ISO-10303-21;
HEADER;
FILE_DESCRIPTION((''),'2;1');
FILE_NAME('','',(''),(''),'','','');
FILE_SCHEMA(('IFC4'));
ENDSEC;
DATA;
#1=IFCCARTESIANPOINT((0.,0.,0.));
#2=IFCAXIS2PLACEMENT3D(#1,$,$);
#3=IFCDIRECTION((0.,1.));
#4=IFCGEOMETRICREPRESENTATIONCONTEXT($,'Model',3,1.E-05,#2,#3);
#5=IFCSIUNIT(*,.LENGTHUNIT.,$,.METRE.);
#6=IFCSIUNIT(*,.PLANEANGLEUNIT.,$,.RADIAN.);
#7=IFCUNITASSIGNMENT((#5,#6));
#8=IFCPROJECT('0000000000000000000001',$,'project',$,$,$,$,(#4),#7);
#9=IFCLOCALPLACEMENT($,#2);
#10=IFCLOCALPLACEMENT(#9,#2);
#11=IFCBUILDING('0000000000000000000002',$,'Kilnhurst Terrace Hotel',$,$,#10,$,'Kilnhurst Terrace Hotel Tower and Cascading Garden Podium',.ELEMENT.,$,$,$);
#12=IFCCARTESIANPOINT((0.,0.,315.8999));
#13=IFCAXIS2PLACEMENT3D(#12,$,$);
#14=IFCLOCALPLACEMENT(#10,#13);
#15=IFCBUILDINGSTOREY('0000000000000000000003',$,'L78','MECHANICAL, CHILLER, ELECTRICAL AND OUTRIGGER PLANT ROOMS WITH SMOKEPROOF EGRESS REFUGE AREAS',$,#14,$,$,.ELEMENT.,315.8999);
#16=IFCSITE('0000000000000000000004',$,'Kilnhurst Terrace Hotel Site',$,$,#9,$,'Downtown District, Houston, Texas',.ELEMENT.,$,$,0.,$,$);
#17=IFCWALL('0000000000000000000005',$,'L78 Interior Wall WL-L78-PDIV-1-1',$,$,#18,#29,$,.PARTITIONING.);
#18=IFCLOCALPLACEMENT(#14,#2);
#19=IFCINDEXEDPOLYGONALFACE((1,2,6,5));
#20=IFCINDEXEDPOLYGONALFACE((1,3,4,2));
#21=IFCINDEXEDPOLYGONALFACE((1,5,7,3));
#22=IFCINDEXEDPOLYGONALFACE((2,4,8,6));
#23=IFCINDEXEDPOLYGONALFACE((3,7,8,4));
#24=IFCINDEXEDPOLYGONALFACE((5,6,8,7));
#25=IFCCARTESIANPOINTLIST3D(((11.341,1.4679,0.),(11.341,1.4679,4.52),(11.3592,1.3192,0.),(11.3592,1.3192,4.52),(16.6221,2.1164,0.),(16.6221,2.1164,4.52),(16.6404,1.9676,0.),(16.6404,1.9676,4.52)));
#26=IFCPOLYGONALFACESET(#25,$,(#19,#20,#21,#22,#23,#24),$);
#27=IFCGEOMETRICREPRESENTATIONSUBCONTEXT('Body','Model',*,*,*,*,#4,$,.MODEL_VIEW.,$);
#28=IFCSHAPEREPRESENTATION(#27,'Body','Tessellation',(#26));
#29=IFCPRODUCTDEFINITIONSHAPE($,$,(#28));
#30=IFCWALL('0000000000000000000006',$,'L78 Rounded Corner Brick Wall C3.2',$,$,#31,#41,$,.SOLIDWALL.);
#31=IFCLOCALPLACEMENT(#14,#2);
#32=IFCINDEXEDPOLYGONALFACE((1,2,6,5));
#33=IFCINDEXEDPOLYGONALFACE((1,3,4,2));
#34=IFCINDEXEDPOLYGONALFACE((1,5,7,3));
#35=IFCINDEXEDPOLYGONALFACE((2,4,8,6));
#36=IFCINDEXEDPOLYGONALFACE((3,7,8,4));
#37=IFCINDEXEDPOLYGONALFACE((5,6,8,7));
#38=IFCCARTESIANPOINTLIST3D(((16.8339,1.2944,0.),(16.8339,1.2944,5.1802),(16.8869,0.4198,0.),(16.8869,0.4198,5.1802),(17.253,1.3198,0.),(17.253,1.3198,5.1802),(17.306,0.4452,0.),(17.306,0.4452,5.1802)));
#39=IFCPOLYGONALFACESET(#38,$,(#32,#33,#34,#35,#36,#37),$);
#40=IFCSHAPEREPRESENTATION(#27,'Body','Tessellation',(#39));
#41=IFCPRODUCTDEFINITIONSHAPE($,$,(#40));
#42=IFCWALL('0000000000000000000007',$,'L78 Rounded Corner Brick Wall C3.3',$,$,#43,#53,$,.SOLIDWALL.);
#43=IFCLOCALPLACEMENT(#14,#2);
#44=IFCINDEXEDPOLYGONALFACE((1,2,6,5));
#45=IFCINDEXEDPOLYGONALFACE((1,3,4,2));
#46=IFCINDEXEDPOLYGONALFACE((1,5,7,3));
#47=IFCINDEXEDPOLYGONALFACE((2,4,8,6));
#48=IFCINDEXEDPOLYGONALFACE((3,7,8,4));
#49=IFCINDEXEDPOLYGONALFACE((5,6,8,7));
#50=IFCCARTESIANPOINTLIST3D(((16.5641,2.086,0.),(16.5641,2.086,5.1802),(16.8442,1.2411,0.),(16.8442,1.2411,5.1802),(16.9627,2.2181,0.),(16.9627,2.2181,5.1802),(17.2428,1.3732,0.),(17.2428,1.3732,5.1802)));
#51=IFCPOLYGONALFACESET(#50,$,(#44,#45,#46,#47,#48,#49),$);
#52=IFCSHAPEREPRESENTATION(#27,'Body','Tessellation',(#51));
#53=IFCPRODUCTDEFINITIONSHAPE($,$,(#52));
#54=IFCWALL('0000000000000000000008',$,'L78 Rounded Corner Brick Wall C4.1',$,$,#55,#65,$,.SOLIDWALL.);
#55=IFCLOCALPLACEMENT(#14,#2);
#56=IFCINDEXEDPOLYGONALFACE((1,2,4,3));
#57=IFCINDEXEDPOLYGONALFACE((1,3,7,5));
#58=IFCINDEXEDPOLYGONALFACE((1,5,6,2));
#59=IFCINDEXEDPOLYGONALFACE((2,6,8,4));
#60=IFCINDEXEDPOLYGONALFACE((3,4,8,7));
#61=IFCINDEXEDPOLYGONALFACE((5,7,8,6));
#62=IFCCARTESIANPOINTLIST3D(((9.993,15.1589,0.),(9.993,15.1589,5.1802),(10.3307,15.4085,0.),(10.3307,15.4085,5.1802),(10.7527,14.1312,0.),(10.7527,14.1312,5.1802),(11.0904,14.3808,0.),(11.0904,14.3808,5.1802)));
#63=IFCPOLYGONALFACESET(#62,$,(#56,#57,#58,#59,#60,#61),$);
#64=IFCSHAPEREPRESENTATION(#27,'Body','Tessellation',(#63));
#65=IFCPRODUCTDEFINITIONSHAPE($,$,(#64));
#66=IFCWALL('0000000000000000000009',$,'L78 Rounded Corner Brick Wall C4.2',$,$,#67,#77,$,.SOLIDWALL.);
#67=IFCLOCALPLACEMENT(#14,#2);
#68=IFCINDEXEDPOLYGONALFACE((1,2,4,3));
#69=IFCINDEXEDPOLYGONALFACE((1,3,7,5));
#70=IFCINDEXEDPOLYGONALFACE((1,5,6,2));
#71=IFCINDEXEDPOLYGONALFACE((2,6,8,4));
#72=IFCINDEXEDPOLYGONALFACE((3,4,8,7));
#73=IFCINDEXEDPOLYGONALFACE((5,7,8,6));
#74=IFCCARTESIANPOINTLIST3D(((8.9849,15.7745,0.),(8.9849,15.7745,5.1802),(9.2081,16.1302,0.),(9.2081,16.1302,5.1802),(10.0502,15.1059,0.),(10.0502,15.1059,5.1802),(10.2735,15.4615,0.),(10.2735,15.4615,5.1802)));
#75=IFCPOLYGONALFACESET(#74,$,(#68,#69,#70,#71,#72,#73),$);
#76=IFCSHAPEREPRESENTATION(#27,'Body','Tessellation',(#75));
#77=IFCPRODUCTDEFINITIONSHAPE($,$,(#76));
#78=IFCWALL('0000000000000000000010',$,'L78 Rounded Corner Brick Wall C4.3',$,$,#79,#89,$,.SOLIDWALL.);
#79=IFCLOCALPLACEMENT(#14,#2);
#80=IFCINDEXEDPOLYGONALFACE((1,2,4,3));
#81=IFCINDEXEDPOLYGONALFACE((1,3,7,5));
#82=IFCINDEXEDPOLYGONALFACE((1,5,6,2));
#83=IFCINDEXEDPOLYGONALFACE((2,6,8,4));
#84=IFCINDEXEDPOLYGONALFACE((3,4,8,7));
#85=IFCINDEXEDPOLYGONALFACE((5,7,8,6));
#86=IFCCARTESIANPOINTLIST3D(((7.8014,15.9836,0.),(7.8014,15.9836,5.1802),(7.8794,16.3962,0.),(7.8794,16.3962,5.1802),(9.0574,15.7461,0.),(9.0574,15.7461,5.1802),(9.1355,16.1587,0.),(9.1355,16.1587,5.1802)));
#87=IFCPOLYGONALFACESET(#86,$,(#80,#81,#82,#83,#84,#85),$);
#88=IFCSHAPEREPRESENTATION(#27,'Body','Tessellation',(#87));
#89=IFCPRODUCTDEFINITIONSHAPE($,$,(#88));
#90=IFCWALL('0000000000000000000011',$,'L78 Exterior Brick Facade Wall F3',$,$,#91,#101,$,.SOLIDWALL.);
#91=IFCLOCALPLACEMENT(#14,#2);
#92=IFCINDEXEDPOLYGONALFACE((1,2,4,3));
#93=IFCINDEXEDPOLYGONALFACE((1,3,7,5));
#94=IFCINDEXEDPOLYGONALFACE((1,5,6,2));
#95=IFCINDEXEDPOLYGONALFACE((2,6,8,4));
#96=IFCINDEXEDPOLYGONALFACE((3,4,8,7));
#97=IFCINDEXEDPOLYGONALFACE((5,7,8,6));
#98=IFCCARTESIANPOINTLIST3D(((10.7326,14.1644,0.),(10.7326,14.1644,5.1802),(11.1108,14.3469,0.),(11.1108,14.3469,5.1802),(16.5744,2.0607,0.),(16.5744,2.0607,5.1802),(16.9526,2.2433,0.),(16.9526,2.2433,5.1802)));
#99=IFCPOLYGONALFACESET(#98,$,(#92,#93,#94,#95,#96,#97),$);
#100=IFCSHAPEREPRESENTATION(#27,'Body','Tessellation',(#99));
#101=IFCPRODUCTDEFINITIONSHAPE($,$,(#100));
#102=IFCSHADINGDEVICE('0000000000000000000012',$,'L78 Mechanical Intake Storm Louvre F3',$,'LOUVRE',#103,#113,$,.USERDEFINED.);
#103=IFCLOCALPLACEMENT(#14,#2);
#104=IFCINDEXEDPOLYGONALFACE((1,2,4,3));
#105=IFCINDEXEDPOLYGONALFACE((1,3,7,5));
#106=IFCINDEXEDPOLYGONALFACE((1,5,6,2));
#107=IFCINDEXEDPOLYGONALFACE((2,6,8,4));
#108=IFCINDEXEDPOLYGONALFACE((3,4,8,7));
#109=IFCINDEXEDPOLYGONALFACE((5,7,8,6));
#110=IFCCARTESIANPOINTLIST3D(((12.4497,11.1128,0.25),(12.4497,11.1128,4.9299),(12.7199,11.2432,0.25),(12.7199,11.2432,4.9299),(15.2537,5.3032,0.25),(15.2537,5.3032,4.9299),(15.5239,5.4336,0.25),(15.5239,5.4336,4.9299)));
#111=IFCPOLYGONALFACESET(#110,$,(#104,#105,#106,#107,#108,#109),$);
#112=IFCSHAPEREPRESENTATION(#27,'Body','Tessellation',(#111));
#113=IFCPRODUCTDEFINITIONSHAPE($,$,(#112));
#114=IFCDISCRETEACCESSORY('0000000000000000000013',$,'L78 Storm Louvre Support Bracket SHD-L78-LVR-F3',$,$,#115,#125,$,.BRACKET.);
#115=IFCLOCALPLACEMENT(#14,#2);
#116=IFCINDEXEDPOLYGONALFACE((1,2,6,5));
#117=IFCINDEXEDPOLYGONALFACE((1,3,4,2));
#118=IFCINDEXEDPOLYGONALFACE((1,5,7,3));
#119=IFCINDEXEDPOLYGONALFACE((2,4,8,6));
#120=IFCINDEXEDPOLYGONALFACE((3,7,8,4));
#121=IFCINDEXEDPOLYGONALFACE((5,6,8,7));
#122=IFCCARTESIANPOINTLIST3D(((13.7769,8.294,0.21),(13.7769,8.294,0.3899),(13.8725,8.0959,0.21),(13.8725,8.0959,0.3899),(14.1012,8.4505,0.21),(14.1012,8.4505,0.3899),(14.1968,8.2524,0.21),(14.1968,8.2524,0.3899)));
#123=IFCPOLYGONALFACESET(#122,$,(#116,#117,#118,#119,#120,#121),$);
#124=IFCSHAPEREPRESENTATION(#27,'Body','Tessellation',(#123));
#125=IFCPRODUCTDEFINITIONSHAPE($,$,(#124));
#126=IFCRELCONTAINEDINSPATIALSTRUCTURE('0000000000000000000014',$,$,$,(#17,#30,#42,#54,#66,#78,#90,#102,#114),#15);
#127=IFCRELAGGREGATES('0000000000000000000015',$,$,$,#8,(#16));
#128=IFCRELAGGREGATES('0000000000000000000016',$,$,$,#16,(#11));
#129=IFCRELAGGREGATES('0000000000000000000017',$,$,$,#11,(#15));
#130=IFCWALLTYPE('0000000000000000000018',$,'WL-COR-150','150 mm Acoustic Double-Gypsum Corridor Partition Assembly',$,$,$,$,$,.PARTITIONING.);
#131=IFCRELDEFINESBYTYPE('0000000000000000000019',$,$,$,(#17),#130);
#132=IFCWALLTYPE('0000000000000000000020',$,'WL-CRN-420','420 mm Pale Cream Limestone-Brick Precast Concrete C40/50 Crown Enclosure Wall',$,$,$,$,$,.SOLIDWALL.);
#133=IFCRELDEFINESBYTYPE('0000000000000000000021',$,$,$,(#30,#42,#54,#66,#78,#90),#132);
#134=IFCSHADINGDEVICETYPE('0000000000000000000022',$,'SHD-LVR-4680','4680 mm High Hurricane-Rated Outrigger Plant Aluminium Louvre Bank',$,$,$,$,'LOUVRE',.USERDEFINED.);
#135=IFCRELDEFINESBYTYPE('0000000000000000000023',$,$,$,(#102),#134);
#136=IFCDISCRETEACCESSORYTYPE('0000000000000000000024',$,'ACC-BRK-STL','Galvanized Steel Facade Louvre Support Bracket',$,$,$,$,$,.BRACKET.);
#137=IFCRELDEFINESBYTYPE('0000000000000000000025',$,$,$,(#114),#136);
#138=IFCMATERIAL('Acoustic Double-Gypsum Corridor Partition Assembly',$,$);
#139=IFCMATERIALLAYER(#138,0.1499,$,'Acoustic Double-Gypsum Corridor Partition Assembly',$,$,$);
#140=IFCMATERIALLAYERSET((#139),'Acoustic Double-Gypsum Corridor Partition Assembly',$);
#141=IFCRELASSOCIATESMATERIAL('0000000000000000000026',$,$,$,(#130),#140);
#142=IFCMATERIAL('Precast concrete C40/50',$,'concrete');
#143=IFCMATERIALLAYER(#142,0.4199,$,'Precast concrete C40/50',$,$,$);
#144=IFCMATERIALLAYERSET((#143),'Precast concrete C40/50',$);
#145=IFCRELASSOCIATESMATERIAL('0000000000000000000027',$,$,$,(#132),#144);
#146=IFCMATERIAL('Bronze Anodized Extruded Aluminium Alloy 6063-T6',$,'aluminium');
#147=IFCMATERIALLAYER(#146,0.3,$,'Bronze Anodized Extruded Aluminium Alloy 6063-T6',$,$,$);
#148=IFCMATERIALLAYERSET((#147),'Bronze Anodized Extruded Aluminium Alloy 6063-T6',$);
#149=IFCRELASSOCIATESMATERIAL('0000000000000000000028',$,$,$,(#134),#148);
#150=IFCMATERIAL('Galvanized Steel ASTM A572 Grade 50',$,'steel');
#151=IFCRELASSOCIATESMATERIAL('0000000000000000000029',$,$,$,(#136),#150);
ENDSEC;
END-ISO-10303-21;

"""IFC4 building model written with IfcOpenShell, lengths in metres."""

from ifc_helpers import new_model, si_unit, direction, frame, frame_2d, origin, origin_2d, place, context, subcontext, project, spatial, rectangle, extrude, material, layer, layer_set, type_object, element, save


model = new_model("IFC4")

# Units and contexts
model_context = context("Model", 3, precision=1e-05, world=origin(), true_north=direction((0.0, 1.0)))
body_context = subcontext(model_context, "Body", "Model", "MODEL_VIEW")
ifc_project = project(units=[si_unit("LENGTHUNIT", "METRE"), si_unit("PLANEANGLEUNIT", "RADIAN")], contexts=[model_context])

# Site, building, storey
site_placement = place(None, origin())
site = spatial("IfcSite", under=ifc_project, at=site_placement, Name="Kilnhurst Terrace Hotel Site", LongName="Downtown District, Houston, Texas", CompositionType="ELEMENT", RefElevation=0.0)
building_placement = place(site_placement, origin())
building = spatial("IfcBuilding", under=site, at=building_placement, Name="Kilnhurst Terrace Hotel", LongName="Kilnhurst Terrace Hotel Tower and Cascading Garden Podium", CompositionType="ELEMENT")
storey_placement = place(building_placement, frame((0.0, 0.0, 315.8999)))
storey = spatial("IfcBuildingStorey", under=building, at=storey_placement, Name="L78", Description="MECHANICAL, CHILLER, ELECTRICAL AND OUTRIGGER PLANT ROOMS WITH SMOKEPROOF EGRESS REFUGE AREAS", CompositionType="ELEMENT", Elevation=315.8999)

# Shared definitions
ifc_material_1 = material(Name="Acoustic Double-Gypsum Corridor Partition Assembly")
ifc_layer_1 = layer(ifc_material_1, 0.1499, Name="Acoustic Double-Gypsum Corridor Partition Assembly")
ifc_layer_set_1 = layer_set([ifc_layer_1], Name="Acoustic Double-Gypsum Corridor Partition Assembly")
wall_type_1 = type_object("IfcWallType", Name="WL-COR-150", Description="150 mm Acoustic Double-Gypsum Corridor Partition Assembly", PredefinedType="PARTITIONING", material=ifc_layer_set_1)

# Walls
wall_1_placement = place(storey_placement, frame((11.3501, 1.3936, 0.0), z_axis=(0.0, 0.0, 1.0), x_axis=(0.992547, 0.121866, 0.0)))
element("IfcWall", 1, at=wall_1_placement, inside=storey, type_object=wall_type_1, Name="L78 Interior Wall WL-L78-PDIV-1-1", PredefinedType="PARTITIONING", context=body_context, shape_type="SweptSolid", body=[
    extrude(rectangle(XDim=5.3208, YDim=0.1499, at=frame_2d((2.6604, 0.0))), origin(), (0.0, 0.0, 1.0), 4.52),
])
ifc_material_2 = material(Name="Precast concrete C40/50", Category="concrete")
ifc_layer_2 = layer(ifc_material_2, 0.4199, Name="Precast concrete C40/50")
ifc_layer_set_2 = layer_set([ifc_layer_2], Name="Precast concrete C40/50")
wall_type_2 = type_object("IfcWallType", Name="WL-CRN-420", Description="420 mm Pale Cream Limestone-Brick Precast Concrete C40/50 Crown Enclosure Wall", PredefinedType="SOLIDWALL", material=ifc_layer_set_2)
wall_2_placement = place(storey_placement, frame((17.0964, 0.4326, 0.0), z_axis=(0.0, 0.0, 1.0), x_axis=(-0.06047, 0.99817, 0.0)))
element("IfcWall", 2, at=wall_2_placement, inside=storey, type_object=wall_type_2, Name="L78 Rounded Corner Brick Wall C3.2", PredefinedType="SOLIDWALL", context=body_context, shape_type="SweptSolid", body=[
    extrude(rectangle(XDim=0.8762, YDim=0.4199, at=frame_2d((0.438, 0.0))), origin(), (0.0, 0.0, 1.0), 5.1802),
])
wall_3_placement = place(storey_placement, frame((17.0435, 1.3071, 0.0), z_axis=(0.0, 0.0, 1.0), x_axis=(-0.314582, 0.94923, 0.0)))
element("IfcWall", 3, at=wall_3_placement, inside=storey, type_object=wall_type_2, Name="L78 Rounded Corner Brick Wall C3.3", PredefinedType="SOLIDWALL", context=body_context, shape_type="SweptSolid", body=[
    extrude(rectangle(XDim=0.8901, YDim=0.4199, at=frame_2d((0.4451, 0.0))), origin(), (0.0, 0.0, 1.0), 5.1802),
])
wall_4_placement = place(storey_placement, frame((10.9216, 14.2559, 0.0), z_axis=(0.0, 0.0, 1.0), x_axis=(-0.594423, 0.804152, 0.0)))
element("IfcWall", 4, at=wall_4_placement, inside=storey, type_object=wall_type_2, Name="L78 Rounded Corner Brick Wall C4.1", PredefinedType="SOLIDWALL", context=body_context, shape_type="SweptSolid", body=[
    extrude(rectangle(XDim=1.2781, YDim=0.4199, at=frame_2d((0.6392, 0.0))), origin(), (0.0, 0.0, 1.0), 5.1802),
])
wall_5_placement = place(storey_placement, frame((10.1619, 15.2837, 0.0), z_axis=(0.0, 0.0, 1.0), x_axis=(-0.846994, 0.531603, 0.0)))
element("IfcWall", 5, at=wall_5_placement, inside=storey, type_object=wall_type_2, Name="L78 Rounded Corner Brick Wall C4.2", PredefinedType="SOLIDWALL", context=body_context, shape_type="SweptSolid", body=[
    extrude(rectangle(XDim=1.2578, YDim=0.4199, at=frame_2d((0.6289, 0.0))), origin(), (0.0, 0.0, 1.0), 5.1802),
])
wall_6_placement = place(storey_placement, frame((9.0964, 15.9524, 0.0), z_axis=(0.0, 0.0, 1.0), x_axis=(-0.982583, 0.185822, 0.0)))
element("IfcWall", 6, at=wall_6_placement, inside=storey, type_object=wall_type_2, Name="L78 Rounded Corner Brick Wall C4.3", PredefinedType="SOLIDWALL", context=body_context, shape_type="SweptSolid", body=[
    extrude(rectangle(XDim=1.2783, YDim=0.4199, at=frame_2d((0.6392, 0.0))), origin(), (0.0, 0.0, 1.0), 5.1802),
])
wall_7_placement = place(storey_placement, frame((16.7634, 2.1521, 0.0), z_axis=(0.0, 0.0, 1.0), x_axis=(-0.434665, 0.900592, 0.0)))
element("IfcWall", 7, at=wall_7_placement, inside=storey, type_object=wall_type_2, Name="L78 Exterior Brick Facade Wall F3", PredefinedType="SOLIDWALL", context=body_context, shape_type="SweptSolid", body=[
    extrude(rectangle(XDim=13.4397, YDim=0.4199, at=frame_2d((6.7197, 0.0))), origin(), (0.0, 0.0, 1.0), 5.1802),
])

# Shading device
ifc_material_3 = material(Name="Bronze Anodized Extruded Aluminium Alloy 6063-T6", Category="aluminium")
ifc_layer_3 = layer(ifc_material_3, 0.3, Name="Bronze Anodized Extruded Aluminium Alloy 6063-T6")
ifc_layer_set_3 = layer_set([ifc_layer_3], Name="Bronze Anodized Extruded Aluminium Alloy 6063-T6")
shading_device_type = type_object("IfcShadingDeviceType", Name="SHD-LVR-4680", Description="4680 mm High Hurricane-Rated Outrigger Plant Aluminium Louvre Bank", ElementType="LOUVRE", PredefinedType="USERDEFINED", material=ifc_layer_set_3)
shading_device_placement = place(storey_placement, frame((13.9868, 8.2732, 0.25), z_axis=(0.0, 0.0, 1.0), x_axis=(-0.434665, 0.900592, 0.0)))
element("IfcShadingDevice", 8, at=shading_device_placement, inside=storey, type_object=shading_device_type, Name="L78 Mechanical Intake Storm Louvre F3", ObjectType="LOUVRE", PredefinedType="USERDEFINED", context=body_context, shape_type="SweptSolid", body=[
    extrude(rectangle(XDim=6.4509, YDim=0.3, at=origin_2d()), origin(), (0.0, 0.0, 1.0), 4.6799),
])

# Discrete accessory
ifc_material_4 = material(Name="Galvanized Steel ASTM A572 Grade 50", Category="steel")
discrete_accessory_type = type_object("IfcDiscreteAccessoryType", Name="ACC-BRK-STL", Description="Galvanized Steel Facade Louvre Support Bracket", PredefinedType="BRACKET", material=ifc_material_4)
discrete_accessory_placement = place(storey_placement, frame((13.9868, 8.2732, 0.21), z_axis=(0.0, 0.0, 1.0), x_axis=(-0.434665, 0.900592, 0.0)))
element("IfcDiscreteAccessory", 9, at=discrete_accessory_placement, inside=storey, type_object=discrete_accessory_type, Name="L78 Storm Louvre Support Bracket SHD-L78-LVR-F3", PredefinedType="BRACKET", context=body_context, shape_type="SweptSolid", body=[
    extrude(rectangle(XDim=0.22, YDim=0.3601, at=origin_2d()), origin(), (0.0, 0.0, 1.0), 0.1799),
])

save(model, "model.ifc")
